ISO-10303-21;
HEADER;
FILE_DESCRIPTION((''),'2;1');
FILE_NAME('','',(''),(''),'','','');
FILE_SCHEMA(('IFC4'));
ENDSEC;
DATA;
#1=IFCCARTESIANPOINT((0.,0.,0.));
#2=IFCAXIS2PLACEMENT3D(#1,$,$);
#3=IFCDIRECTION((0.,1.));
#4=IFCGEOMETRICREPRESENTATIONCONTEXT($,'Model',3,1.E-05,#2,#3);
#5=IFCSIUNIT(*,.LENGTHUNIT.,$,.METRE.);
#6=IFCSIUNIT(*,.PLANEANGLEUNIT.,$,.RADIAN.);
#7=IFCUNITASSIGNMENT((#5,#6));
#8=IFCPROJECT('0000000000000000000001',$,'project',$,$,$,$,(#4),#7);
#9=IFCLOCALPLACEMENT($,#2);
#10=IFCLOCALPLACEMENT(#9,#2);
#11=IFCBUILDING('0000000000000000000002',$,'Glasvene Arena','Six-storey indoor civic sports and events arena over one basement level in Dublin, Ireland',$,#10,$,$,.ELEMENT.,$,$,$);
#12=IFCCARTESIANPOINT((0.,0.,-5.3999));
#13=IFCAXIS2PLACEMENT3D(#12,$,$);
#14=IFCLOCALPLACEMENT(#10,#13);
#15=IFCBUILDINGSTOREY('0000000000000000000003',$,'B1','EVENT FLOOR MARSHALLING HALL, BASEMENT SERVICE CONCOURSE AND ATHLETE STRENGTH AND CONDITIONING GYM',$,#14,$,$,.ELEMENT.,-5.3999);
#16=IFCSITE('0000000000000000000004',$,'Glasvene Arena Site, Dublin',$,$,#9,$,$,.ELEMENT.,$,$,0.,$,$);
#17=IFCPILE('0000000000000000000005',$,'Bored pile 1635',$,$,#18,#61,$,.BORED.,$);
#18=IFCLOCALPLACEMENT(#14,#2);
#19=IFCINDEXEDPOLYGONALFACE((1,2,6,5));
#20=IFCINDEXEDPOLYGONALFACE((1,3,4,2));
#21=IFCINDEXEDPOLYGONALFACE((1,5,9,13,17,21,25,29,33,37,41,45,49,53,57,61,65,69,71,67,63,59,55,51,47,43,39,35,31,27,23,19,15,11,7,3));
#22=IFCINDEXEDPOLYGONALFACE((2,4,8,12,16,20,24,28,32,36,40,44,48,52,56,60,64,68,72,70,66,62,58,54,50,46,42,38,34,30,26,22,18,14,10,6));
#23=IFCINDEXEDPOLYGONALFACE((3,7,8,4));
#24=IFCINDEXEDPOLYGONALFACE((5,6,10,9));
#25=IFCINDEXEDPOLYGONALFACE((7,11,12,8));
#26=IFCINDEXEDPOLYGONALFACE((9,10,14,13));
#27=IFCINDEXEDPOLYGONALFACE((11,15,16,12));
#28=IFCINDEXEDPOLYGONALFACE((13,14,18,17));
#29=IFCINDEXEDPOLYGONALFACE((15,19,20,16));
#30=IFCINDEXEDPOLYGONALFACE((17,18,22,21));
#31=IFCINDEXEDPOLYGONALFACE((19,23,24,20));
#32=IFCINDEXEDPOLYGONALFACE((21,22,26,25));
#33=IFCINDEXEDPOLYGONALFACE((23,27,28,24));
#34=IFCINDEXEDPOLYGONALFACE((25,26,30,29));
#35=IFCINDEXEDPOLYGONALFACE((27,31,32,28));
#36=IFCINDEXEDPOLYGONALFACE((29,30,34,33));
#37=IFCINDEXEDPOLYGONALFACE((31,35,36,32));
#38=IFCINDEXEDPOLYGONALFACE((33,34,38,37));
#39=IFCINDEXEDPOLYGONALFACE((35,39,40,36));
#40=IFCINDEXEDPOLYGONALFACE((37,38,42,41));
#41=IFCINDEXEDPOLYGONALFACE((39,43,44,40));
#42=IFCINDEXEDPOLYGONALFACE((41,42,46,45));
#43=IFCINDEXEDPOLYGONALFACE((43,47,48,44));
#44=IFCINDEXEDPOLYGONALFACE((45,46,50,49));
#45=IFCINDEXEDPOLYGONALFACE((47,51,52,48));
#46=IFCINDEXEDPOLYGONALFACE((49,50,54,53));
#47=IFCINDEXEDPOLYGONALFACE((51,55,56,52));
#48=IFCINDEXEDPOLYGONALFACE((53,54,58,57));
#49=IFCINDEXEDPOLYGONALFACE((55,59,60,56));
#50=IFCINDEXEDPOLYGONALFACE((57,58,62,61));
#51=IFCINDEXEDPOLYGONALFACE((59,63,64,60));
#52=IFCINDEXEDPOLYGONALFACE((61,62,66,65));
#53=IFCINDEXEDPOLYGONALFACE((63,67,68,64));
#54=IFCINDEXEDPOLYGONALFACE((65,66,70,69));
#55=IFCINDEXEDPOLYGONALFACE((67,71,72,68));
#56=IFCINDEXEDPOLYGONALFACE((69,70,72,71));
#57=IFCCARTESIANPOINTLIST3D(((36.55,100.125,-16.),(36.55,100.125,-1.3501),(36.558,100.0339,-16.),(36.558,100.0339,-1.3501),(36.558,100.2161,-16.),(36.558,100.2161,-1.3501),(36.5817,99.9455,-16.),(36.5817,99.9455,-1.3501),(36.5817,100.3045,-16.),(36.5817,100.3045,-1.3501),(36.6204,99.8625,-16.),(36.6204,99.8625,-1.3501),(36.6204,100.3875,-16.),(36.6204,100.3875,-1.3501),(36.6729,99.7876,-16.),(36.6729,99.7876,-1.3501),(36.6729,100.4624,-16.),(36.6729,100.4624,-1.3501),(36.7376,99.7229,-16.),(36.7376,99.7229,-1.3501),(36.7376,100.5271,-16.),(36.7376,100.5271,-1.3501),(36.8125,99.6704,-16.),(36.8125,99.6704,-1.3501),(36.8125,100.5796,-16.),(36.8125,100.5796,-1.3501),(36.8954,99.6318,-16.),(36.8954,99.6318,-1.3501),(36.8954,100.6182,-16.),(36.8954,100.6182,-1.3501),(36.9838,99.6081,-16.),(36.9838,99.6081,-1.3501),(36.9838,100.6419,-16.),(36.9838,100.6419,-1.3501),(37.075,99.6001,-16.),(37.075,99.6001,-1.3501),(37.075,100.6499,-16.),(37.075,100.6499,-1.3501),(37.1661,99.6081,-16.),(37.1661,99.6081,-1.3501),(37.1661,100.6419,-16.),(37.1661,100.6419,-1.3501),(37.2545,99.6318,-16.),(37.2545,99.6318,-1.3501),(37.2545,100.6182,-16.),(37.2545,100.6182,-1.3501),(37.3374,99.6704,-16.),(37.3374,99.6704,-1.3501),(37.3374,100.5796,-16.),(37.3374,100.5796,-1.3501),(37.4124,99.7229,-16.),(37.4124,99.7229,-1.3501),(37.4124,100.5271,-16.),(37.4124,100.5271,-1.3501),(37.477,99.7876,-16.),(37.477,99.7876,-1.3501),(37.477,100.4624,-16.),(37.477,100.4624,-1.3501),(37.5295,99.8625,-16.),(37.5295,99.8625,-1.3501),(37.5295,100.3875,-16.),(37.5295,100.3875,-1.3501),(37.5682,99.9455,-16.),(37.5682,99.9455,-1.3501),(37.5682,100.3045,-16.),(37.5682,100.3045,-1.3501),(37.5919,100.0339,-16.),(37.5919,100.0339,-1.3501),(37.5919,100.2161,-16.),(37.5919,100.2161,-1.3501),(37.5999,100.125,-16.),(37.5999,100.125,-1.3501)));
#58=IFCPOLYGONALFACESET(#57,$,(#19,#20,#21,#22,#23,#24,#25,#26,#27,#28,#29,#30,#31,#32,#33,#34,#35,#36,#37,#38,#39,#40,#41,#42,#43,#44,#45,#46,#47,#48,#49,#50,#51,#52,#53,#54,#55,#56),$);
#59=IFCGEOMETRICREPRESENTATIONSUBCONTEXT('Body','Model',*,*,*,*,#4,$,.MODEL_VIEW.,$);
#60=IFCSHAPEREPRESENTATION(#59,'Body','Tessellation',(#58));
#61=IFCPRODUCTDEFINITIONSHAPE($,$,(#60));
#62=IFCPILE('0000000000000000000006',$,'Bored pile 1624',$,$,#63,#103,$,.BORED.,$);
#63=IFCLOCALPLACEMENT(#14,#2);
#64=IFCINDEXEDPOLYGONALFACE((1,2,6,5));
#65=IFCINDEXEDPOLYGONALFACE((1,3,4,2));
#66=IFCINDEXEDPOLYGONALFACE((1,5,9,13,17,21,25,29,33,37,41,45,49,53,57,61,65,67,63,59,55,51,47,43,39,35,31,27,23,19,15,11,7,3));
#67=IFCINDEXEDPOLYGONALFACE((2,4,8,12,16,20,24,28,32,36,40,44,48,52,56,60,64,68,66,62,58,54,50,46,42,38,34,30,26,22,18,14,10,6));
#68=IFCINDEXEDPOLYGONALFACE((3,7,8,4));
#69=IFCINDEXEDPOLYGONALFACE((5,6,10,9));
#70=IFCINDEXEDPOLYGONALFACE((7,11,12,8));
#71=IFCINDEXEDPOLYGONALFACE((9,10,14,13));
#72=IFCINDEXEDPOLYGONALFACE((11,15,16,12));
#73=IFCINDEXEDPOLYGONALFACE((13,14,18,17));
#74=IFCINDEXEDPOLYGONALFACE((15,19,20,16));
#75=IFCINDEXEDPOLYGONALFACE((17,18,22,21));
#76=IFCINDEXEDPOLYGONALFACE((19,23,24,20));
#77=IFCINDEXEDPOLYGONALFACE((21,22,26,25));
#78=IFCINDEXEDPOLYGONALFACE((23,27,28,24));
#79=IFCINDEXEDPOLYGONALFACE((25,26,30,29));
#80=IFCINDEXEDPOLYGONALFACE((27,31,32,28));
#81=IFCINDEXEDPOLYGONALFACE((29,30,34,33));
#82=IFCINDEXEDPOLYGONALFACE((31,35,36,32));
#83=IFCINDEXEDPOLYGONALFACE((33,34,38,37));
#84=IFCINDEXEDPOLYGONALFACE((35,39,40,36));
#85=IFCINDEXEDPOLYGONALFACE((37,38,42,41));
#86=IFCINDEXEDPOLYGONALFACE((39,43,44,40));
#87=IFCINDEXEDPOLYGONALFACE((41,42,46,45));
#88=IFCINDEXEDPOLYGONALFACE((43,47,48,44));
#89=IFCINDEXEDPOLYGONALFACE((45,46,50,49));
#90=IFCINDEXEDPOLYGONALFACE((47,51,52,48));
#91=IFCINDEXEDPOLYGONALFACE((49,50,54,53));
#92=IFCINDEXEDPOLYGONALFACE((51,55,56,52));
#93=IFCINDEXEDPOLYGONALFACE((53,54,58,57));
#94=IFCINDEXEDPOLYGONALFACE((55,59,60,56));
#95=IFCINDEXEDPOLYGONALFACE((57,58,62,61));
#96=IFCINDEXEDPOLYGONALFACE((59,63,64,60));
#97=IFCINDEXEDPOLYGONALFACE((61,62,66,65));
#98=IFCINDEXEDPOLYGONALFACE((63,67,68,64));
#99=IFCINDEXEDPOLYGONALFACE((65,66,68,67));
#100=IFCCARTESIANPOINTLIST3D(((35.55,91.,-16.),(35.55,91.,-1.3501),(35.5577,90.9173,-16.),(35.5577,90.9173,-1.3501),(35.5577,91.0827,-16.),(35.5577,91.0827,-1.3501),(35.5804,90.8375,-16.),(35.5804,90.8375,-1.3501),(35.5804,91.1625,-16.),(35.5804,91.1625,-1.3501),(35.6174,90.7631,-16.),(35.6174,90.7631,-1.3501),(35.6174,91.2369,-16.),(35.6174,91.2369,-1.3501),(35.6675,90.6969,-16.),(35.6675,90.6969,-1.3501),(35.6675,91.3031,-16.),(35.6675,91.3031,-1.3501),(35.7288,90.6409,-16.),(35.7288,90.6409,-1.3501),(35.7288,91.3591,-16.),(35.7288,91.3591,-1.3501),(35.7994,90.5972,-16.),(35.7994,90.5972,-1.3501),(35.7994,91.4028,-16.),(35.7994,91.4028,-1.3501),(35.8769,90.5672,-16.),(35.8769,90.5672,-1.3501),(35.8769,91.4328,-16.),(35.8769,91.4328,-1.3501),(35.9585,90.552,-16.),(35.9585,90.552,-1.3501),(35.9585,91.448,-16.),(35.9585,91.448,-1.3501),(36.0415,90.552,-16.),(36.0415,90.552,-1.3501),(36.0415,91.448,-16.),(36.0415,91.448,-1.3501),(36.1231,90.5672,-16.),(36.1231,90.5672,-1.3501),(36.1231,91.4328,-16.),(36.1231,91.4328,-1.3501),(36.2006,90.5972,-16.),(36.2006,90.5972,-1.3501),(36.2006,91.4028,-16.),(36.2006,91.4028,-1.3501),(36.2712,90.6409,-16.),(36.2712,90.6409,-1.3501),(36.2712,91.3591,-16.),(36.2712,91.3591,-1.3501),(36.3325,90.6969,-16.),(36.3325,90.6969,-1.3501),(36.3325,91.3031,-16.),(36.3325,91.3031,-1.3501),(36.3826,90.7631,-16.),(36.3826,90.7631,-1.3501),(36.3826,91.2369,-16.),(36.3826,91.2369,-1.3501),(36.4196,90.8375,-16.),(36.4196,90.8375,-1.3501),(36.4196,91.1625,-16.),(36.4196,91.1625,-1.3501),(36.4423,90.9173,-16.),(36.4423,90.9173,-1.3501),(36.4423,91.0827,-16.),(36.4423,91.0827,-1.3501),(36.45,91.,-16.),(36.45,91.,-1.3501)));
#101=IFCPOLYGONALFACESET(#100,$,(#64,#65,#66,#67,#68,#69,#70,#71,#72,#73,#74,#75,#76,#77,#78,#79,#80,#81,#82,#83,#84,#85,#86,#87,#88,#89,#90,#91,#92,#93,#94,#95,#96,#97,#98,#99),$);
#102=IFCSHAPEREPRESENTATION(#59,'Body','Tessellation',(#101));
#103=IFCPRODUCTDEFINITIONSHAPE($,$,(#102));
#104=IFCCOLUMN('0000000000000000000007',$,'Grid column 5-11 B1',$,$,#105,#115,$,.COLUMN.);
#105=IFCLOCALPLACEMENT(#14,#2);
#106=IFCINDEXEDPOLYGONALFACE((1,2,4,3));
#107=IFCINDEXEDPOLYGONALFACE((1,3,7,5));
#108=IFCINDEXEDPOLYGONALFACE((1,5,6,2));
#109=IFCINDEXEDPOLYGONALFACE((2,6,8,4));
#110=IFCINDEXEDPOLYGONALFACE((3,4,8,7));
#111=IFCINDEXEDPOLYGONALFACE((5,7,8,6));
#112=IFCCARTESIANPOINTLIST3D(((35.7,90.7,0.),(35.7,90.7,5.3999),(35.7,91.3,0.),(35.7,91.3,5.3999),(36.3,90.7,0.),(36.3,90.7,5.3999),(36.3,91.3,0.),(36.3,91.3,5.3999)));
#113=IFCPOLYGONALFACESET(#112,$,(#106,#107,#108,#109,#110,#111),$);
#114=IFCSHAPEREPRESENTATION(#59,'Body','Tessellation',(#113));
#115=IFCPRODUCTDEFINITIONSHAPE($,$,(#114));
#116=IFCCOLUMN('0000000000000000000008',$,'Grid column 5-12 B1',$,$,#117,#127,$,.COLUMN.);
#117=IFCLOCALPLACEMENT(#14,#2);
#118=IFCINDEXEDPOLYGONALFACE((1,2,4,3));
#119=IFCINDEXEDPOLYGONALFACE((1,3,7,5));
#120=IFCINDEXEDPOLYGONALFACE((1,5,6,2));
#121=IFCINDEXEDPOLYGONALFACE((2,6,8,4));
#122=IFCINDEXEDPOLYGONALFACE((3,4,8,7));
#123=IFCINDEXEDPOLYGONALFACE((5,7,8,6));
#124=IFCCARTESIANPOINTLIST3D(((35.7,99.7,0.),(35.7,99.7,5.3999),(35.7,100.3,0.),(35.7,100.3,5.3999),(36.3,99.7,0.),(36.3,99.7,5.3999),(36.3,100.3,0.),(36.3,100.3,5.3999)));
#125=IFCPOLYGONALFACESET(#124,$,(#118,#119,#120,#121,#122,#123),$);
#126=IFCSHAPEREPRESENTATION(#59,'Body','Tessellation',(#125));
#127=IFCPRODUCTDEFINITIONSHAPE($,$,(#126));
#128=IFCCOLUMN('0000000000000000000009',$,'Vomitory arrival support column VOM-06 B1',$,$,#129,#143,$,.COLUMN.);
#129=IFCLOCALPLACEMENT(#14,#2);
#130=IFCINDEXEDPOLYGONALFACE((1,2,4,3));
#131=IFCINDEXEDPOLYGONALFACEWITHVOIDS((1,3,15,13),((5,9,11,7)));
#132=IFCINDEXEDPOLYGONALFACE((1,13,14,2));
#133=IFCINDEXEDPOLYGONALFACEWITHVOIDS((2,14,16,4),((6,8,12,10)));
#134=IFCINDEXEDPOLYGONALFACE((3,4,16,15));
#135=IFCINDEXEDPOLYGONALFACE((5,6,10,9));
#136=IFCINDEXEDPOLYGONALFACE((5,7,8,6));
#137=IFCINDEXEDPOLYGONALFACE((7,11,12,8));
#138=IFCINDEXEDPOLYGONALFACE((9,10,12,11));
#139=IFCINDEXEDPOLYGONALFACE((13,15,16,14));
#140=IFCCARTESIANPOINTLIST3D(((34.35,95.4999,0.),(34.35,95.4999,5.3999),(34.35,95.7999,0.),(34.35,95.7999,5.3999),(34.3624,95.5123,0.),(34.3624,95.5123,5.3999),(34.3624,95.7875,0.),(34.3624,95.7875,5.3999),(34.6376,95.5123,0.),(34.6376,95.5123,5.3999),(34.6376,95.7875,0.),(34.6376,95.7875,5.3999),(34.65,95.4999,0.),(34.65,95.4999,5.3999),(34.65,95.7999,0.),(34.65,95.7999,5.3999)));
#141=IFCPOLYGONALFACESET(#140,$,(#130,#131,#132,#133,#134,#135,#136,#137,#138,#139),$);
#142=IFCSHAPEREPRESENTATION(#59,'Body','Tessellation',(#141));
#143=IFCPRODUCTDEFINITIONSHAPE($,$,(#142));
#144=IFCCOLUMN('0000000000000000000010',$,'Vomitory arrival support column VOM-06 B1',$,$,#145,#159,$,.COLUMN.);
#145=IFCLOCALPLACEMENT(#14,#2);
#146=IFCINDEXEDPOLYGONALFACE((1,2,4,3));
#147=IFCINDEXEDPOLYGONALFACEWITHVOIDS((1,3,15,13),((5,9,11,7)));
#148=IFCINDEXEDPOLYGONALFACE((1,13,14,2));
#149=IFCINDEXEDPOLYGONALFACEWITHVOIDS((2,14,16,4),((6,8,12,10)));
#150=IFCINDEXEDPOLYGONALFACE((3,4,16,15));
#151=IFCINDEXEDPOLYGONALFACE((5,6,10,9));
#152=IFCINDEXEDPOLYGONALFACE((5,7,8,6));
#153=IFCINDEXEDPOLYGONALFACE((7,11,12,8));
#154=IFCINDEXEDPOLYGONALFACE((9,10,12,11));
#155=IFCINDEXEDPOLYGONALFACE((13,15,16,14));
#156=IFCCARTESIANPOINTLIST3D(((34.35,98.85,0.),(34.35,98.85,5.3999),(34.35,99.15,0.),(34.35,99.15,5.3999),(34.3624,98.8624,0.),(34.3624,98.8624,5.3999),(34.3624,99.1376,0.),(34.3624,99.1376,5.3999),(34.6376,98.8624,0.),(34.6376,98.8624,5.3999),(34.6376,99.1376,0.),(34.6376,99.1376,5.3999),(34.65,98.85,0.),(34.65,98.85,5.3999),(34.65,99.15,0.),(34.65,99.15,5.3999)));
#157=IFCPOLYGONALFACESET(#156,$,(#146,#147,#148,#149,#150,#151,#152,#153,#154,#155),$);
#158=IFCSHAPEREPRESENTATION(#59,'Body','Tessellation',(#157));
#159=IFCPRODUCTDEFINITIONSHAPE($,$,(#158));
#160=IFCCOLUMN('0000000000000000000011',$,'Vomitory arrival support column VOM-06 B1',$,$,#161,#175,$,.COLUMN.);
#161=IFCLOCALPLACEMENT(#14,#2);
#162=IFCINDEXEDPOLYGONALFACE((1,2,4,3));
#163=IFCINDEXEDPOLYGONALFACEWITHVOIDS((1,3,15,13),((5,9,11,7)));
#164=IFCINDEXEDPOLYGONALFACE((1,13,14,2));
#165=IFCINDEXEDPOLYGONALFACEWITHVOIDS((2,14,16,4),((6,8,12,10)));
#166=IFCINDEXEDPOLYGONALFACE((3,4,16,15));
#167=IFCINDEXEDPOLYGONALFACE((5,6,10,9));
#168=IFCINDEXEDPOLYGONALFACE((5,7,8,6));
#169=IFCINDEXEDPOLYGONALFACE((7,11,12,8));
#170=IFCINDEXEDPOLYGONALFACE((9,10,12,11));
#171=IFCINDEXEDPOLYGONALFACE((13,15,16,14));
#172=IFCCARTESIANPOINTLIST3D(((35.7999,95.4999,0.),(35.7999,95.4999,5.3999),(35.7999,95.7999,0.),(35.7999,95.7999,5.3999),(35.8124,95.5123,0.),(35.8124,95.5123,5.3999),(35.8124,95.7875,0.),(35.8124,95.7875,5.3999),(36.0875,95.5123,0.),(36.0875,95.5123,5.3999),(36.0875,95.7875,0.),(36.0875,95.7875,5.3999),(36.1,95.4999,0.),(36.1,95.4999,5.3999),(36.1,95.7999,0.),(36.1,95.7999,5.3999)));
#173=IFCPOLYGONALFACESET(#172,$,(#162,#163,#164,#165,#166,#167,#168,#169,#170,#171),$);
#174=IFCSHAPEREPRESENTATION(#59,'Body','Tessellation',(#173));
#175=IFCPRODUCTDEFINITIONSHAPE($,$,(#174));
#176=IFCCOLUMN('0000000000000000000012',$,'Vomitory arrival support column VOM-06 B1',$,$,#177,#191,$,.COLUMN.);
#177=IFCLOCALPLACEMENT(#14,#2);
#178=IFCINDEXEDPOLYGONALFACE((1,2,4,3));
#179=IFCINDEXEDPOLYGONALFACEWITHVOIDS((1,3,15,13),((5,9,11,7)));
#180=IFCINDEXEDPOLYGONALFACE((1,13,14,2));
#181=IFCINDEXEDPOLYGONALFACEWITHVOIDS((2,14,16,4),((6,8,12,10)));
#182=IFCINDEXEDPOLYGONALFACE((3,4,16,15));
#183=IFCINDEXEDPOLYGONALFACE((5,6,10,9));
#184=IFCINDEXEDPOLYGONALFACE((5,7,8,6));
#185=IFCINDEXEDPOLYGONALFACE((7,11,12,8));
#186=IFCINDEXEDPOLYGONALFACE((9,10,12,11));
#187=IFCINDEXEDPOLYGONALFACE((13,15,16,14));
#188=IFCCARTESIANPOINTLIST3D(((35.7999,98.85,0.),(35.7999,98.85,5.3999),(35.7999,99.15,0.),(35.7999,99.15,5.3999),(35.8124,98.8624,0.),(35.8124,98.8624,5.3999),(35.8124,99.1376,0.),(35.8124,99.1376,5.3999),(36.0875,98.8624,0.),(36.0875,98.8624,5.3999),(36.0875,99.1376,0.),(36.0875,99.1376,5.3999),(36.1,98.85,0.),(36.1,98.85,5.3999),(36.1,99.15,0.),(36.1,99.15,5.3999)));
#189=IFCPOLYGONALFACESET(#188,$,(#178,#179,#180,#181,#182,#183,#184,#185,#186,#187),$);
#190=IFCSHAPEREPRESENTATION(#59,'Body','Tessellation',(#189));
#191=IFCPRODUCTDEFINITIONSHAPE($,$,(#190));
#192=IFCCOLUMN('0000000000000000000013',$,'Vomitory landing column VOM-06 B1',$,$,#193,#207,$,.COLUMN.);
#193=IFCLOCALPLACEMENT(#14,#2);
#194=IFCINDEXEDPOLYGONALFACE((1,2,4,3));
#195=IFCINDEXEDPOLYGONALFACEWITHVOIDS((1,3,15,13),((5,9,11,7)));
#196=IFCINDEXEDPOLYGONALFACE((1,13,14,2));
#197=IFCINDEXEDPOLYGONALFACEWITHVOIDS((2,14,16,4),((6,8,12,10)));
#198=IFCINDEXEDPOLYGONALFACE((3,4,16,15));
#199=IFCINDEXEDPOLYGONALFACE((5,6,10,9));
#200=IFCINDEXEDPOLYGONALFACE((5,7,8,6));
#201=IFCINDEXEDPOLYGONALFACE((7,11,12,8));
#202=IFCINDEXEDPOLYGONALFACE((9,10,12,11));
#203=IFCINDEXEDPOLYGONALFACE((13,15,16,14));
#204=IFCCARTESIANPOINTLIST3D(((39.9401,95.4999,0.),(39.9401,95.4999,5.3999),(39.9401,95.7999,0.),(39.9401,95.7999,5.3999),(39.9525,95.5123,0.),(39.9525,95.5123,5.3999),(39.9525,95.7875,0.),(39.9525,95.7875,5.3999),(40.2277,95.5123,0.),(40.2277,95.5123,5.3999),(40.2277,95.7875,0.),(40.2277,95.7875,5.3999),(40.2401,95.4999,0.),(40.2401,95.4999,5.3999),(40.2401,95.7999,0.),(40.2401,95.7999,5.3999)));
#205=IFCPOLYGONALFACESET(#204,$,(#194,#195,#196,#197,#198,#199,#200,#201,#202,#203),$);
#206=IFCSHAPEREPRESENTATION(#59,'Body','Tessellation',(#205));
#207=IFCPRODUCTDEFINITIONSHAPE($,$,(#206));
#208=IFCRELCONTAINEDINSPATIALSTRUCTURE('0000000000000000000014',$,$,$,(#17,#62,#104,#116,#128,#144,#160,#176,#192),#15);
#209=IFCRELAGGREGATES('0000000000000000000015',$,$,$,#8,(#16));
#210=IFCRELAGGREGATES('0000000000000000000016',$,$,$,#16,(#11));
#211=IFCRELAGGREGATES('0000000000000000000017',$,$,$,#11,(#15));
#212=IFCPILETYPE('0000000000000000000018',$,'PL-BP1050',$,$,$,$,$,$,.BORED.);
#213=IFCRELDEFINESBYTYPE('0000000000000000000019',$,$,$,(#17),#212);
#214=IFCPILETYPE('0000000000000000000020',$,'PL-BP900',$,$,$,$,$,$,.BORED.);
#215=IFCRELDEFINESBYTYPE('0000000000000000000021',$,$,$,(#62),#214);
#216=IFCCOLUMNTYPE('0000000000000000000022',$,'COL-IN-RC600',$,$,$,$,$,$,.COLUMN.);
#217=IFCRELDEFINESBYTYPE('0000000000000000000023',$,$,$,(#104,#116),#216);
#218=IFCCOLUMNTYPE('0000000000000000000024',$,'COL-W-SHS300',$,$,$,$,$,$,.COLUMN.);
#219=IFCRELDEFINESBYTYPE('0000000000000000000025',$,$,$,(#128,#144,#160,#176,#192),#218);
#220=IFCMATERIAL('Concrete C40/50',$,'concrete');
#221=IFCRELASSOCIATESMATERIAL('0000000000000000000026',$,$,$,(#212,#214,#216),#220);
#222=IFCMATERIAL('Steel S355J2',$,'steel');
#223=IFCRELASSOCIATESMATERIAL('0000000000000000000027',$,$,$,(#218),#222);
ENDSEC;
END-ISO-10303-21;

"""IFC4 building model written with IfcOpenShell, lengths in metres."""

from ifc_helpers import new_model, si_unit, direction, frame, origin, origin_2d, place, context, subcontext, project, spatial, rectangle, hollow_rectangle, circle, extrude, material, material_profile, profile_set, type_object, element, save


model = new_model("IFC4")

# Units and contexts
model_context = context("Model", 3, precision=1e-05, world=origin(), true_north=direction((0.0, 1.0)))
body_context = subcontext(model_context, "Body", "Model", "MODEL_VIEW")
ifc_project = project(units=[si_unit("LENGTHUNIT", "METRE"), si_unit("PLANEANGLEUNIT", "RADIAN")], contexts=[model_context])

# Site, building, storey
site_placement = place(None, origin())
site = spatial("IfcSite", under=ifc_project, at=site_placement, Name="Glasvene Arena Site, Dublin", CompositionType="ELEMENT", RefElevation=0.0)
building_placement = place(site_placement, origin())
building = spatial("IfcBuilding", under=site, at=building_placement, Name="Glasvene Arena", Description="Six-storey indoor civic sports and events arena over one basement level in Dublin, Ireland", CompositionType="ELEMENT")
storey_placement = place(building_placement, frame((0.0, 0.0, -5.3999)))
storey = spatial("IfcBuildingStorey", under=building, at=storey_placement, Name="B1", Description="EVENT FLOOR MARSHALLING HALL, BASEMENT SERVICE CONCOURSE AND ATHLETE STRENGTH AND CONDITIONING GYM", CompositionType="ELEMENT", Elevation=-5.3999)

# Shared definitions
ifc_material_1 = material(Name="Concrete C40/50", Category="concrete")

# Piles
ifc_material_profile_1 = material_profile(ifc_material_1, circle(Radius=0.5249, at=origin_2d()), Name="BORED PILE 1050")
ifc_profile_set_1 = profile_set([ifc_material_profile_1], Name="Concrete C40/50")
pile_type_1 = type_object("IfcPileType", Name="PL-BP1050", PredefinedType="BORED", material=ifc_profile_set_1)
for number, where, z_axis, x_axis, name in (
    (1, (37.075, 100.125, -1.3501), (0.0, 0.0, -1.0), (1.0, 0.0, 0.0), "Bored pile 1635"),
):
    element("IfcPile", number, at=place(storey_placement, frame(where, z_axis=z_axis, x_axis=x_axis)), inside=storey, type_object=pile_type_1, Name=name, PredefinedType="BORED", context=body_context, shape_type="SweptSolid", body=[
        extrude(circle(Radius=0.5249, at=origin_2d()), origin(), (0.0, 0.0, 1.0), 14.6499),
    ])
ifc_material_profile_2 = material_profile(ifc_material_1, circle(Radius=0.45, at=origin_2d()), Name="BORED PILE 900")
ifc_profile_set_2 = profile_set([ifc_material_profile_2], Name="Concrete C40/50")
pile_type_2 = type_object("IfcPileType", Name="PL-BP900", PredefinedType="BORED", material=ifc_profile_set_2)
pile_placement = place(storey_placement, frame((36.0, 91.0, -1.3501), z_axis=(0.0, 0.0, -1.0), x_axis=(1.0, 0.0, 0.0)))
element("IfcPile", 2, at=pile_placement, inside=storey, type_object=pile_type_2, Name="Bored pile 1624", PredefinedType="BORED", context=body_context, shape_type="SweptSolid", body=[
    extrude(circle(Radius=0.45, at=origin_2d()), origin(), (0.0, 0.0, 1.0), 14.6499),
])

# Columns
ifc_material_profile_3 = material_profile(ifc_material_1, rectangle(XDim=0.6001, YDim=0.6001, at=origin_2d()), Name="RC 600x600")
ifc_profile_set_3 = profile_set([ifc_material_profile_3], Name="Concrete C40/50")
column_type_1 = type_object("IfcColumnType", Name="COL-IN-RC600", PredefinedType="COLUMN", material=ifc_profile_set_3)
for number, where, z_axis, x_axis, name in (
    (3, (36.0, 91.0, 0.0), (0.0, 0.0, 1.0), (1.0, 0.0, 0.0), "Grid column 5-11 B1"),
    (4, (36.0, 100.0, 0.0), (0.0, 0.0, 1.0), (1.0, 0.0, 0.0), "Grid column 5-12 B1"),
):
    element("IfcColumn", number, at=place(storey_placement, frame(where, z_axis=z_axis, x_axis=x_axis)), inside=storey, type_object=column_type_1, Name=name, PredefinedType="COLUMN", context=body_context, shape_type="SweptSolid", body=[
        extrude(rectangle(XDim=0.6001, YDim=0.6001, at=origin_2d()), origin(), (0.0, 0.0, 1.0), 5.3999),
    ])
ifc_material_2 = material(Name="Steel S355J2", Category="steel")
ifc_material_profile_4 = material_profile(ifc_material_2, hollow_rectangle(XDim=0.3, YDim=0.3, WallThickness=0.0125, at=origin_2d()), Name="SHS 300x300x12.5")
ifc_profile_set_4 = profile_set([ifc_material_profile_4], Name="Steel S355J2")
column_type_2 = type_object("IfcColumnType", Name="COL-W-SHS300", PredefinedType="COLUMN", material=ifc_profile_set_4)
for number, where, z_axis, x_axis, name in (
    (5, (34.5, 95.6499, 0.0), (0.0, 0.0, 1.0), (1.0, 0.0, 0.0), "Vomitory arrival support column VOM-06 B1"),
    (6, (34.5, 99.0, 0.0), (0.0, 0.0, 1.0), (1.0, 0.0, 0.0), "Vomitory arrival support column VOM-06 B1"),
    (7, (35.95, 95.6499, 0.0), (0.0, 0.0, 1.0), (1.0, 0.0, 0.0), "Vomitory arrival support column VOM-06 B1"),
    (8, (35.95, 99.0, 0.0), (0.0, 0.0, 1.0), (1.0, 0.0, 0.0), "Vomitory arrival support column VOM-06 B1"),
    (9, (40.0901, 95.6499, 0.0), (0.0, 0.0, 1.0), (1.0, 0.0, 0.0), "Vomitory landing column VOM-06 B1"),
):
    element("IfcColumn", number, at=place(storey_placement, frame(where, z_axis=z_axis, x_axis=x_axis)), inside=storey, type_object=column_type_2, Name=name, PredefinedType="COLUMN", context=body_context, shape_type="SweptSolid", body=[
        extrude(hollow_rectangle(XDim=0.3, YDim=0.3, WallThickness=0.0125, at=origin_2d()), origin(), (0.0, 0.0, 1.0), 5.3999),
    ])

save(model, "model.ifc")
